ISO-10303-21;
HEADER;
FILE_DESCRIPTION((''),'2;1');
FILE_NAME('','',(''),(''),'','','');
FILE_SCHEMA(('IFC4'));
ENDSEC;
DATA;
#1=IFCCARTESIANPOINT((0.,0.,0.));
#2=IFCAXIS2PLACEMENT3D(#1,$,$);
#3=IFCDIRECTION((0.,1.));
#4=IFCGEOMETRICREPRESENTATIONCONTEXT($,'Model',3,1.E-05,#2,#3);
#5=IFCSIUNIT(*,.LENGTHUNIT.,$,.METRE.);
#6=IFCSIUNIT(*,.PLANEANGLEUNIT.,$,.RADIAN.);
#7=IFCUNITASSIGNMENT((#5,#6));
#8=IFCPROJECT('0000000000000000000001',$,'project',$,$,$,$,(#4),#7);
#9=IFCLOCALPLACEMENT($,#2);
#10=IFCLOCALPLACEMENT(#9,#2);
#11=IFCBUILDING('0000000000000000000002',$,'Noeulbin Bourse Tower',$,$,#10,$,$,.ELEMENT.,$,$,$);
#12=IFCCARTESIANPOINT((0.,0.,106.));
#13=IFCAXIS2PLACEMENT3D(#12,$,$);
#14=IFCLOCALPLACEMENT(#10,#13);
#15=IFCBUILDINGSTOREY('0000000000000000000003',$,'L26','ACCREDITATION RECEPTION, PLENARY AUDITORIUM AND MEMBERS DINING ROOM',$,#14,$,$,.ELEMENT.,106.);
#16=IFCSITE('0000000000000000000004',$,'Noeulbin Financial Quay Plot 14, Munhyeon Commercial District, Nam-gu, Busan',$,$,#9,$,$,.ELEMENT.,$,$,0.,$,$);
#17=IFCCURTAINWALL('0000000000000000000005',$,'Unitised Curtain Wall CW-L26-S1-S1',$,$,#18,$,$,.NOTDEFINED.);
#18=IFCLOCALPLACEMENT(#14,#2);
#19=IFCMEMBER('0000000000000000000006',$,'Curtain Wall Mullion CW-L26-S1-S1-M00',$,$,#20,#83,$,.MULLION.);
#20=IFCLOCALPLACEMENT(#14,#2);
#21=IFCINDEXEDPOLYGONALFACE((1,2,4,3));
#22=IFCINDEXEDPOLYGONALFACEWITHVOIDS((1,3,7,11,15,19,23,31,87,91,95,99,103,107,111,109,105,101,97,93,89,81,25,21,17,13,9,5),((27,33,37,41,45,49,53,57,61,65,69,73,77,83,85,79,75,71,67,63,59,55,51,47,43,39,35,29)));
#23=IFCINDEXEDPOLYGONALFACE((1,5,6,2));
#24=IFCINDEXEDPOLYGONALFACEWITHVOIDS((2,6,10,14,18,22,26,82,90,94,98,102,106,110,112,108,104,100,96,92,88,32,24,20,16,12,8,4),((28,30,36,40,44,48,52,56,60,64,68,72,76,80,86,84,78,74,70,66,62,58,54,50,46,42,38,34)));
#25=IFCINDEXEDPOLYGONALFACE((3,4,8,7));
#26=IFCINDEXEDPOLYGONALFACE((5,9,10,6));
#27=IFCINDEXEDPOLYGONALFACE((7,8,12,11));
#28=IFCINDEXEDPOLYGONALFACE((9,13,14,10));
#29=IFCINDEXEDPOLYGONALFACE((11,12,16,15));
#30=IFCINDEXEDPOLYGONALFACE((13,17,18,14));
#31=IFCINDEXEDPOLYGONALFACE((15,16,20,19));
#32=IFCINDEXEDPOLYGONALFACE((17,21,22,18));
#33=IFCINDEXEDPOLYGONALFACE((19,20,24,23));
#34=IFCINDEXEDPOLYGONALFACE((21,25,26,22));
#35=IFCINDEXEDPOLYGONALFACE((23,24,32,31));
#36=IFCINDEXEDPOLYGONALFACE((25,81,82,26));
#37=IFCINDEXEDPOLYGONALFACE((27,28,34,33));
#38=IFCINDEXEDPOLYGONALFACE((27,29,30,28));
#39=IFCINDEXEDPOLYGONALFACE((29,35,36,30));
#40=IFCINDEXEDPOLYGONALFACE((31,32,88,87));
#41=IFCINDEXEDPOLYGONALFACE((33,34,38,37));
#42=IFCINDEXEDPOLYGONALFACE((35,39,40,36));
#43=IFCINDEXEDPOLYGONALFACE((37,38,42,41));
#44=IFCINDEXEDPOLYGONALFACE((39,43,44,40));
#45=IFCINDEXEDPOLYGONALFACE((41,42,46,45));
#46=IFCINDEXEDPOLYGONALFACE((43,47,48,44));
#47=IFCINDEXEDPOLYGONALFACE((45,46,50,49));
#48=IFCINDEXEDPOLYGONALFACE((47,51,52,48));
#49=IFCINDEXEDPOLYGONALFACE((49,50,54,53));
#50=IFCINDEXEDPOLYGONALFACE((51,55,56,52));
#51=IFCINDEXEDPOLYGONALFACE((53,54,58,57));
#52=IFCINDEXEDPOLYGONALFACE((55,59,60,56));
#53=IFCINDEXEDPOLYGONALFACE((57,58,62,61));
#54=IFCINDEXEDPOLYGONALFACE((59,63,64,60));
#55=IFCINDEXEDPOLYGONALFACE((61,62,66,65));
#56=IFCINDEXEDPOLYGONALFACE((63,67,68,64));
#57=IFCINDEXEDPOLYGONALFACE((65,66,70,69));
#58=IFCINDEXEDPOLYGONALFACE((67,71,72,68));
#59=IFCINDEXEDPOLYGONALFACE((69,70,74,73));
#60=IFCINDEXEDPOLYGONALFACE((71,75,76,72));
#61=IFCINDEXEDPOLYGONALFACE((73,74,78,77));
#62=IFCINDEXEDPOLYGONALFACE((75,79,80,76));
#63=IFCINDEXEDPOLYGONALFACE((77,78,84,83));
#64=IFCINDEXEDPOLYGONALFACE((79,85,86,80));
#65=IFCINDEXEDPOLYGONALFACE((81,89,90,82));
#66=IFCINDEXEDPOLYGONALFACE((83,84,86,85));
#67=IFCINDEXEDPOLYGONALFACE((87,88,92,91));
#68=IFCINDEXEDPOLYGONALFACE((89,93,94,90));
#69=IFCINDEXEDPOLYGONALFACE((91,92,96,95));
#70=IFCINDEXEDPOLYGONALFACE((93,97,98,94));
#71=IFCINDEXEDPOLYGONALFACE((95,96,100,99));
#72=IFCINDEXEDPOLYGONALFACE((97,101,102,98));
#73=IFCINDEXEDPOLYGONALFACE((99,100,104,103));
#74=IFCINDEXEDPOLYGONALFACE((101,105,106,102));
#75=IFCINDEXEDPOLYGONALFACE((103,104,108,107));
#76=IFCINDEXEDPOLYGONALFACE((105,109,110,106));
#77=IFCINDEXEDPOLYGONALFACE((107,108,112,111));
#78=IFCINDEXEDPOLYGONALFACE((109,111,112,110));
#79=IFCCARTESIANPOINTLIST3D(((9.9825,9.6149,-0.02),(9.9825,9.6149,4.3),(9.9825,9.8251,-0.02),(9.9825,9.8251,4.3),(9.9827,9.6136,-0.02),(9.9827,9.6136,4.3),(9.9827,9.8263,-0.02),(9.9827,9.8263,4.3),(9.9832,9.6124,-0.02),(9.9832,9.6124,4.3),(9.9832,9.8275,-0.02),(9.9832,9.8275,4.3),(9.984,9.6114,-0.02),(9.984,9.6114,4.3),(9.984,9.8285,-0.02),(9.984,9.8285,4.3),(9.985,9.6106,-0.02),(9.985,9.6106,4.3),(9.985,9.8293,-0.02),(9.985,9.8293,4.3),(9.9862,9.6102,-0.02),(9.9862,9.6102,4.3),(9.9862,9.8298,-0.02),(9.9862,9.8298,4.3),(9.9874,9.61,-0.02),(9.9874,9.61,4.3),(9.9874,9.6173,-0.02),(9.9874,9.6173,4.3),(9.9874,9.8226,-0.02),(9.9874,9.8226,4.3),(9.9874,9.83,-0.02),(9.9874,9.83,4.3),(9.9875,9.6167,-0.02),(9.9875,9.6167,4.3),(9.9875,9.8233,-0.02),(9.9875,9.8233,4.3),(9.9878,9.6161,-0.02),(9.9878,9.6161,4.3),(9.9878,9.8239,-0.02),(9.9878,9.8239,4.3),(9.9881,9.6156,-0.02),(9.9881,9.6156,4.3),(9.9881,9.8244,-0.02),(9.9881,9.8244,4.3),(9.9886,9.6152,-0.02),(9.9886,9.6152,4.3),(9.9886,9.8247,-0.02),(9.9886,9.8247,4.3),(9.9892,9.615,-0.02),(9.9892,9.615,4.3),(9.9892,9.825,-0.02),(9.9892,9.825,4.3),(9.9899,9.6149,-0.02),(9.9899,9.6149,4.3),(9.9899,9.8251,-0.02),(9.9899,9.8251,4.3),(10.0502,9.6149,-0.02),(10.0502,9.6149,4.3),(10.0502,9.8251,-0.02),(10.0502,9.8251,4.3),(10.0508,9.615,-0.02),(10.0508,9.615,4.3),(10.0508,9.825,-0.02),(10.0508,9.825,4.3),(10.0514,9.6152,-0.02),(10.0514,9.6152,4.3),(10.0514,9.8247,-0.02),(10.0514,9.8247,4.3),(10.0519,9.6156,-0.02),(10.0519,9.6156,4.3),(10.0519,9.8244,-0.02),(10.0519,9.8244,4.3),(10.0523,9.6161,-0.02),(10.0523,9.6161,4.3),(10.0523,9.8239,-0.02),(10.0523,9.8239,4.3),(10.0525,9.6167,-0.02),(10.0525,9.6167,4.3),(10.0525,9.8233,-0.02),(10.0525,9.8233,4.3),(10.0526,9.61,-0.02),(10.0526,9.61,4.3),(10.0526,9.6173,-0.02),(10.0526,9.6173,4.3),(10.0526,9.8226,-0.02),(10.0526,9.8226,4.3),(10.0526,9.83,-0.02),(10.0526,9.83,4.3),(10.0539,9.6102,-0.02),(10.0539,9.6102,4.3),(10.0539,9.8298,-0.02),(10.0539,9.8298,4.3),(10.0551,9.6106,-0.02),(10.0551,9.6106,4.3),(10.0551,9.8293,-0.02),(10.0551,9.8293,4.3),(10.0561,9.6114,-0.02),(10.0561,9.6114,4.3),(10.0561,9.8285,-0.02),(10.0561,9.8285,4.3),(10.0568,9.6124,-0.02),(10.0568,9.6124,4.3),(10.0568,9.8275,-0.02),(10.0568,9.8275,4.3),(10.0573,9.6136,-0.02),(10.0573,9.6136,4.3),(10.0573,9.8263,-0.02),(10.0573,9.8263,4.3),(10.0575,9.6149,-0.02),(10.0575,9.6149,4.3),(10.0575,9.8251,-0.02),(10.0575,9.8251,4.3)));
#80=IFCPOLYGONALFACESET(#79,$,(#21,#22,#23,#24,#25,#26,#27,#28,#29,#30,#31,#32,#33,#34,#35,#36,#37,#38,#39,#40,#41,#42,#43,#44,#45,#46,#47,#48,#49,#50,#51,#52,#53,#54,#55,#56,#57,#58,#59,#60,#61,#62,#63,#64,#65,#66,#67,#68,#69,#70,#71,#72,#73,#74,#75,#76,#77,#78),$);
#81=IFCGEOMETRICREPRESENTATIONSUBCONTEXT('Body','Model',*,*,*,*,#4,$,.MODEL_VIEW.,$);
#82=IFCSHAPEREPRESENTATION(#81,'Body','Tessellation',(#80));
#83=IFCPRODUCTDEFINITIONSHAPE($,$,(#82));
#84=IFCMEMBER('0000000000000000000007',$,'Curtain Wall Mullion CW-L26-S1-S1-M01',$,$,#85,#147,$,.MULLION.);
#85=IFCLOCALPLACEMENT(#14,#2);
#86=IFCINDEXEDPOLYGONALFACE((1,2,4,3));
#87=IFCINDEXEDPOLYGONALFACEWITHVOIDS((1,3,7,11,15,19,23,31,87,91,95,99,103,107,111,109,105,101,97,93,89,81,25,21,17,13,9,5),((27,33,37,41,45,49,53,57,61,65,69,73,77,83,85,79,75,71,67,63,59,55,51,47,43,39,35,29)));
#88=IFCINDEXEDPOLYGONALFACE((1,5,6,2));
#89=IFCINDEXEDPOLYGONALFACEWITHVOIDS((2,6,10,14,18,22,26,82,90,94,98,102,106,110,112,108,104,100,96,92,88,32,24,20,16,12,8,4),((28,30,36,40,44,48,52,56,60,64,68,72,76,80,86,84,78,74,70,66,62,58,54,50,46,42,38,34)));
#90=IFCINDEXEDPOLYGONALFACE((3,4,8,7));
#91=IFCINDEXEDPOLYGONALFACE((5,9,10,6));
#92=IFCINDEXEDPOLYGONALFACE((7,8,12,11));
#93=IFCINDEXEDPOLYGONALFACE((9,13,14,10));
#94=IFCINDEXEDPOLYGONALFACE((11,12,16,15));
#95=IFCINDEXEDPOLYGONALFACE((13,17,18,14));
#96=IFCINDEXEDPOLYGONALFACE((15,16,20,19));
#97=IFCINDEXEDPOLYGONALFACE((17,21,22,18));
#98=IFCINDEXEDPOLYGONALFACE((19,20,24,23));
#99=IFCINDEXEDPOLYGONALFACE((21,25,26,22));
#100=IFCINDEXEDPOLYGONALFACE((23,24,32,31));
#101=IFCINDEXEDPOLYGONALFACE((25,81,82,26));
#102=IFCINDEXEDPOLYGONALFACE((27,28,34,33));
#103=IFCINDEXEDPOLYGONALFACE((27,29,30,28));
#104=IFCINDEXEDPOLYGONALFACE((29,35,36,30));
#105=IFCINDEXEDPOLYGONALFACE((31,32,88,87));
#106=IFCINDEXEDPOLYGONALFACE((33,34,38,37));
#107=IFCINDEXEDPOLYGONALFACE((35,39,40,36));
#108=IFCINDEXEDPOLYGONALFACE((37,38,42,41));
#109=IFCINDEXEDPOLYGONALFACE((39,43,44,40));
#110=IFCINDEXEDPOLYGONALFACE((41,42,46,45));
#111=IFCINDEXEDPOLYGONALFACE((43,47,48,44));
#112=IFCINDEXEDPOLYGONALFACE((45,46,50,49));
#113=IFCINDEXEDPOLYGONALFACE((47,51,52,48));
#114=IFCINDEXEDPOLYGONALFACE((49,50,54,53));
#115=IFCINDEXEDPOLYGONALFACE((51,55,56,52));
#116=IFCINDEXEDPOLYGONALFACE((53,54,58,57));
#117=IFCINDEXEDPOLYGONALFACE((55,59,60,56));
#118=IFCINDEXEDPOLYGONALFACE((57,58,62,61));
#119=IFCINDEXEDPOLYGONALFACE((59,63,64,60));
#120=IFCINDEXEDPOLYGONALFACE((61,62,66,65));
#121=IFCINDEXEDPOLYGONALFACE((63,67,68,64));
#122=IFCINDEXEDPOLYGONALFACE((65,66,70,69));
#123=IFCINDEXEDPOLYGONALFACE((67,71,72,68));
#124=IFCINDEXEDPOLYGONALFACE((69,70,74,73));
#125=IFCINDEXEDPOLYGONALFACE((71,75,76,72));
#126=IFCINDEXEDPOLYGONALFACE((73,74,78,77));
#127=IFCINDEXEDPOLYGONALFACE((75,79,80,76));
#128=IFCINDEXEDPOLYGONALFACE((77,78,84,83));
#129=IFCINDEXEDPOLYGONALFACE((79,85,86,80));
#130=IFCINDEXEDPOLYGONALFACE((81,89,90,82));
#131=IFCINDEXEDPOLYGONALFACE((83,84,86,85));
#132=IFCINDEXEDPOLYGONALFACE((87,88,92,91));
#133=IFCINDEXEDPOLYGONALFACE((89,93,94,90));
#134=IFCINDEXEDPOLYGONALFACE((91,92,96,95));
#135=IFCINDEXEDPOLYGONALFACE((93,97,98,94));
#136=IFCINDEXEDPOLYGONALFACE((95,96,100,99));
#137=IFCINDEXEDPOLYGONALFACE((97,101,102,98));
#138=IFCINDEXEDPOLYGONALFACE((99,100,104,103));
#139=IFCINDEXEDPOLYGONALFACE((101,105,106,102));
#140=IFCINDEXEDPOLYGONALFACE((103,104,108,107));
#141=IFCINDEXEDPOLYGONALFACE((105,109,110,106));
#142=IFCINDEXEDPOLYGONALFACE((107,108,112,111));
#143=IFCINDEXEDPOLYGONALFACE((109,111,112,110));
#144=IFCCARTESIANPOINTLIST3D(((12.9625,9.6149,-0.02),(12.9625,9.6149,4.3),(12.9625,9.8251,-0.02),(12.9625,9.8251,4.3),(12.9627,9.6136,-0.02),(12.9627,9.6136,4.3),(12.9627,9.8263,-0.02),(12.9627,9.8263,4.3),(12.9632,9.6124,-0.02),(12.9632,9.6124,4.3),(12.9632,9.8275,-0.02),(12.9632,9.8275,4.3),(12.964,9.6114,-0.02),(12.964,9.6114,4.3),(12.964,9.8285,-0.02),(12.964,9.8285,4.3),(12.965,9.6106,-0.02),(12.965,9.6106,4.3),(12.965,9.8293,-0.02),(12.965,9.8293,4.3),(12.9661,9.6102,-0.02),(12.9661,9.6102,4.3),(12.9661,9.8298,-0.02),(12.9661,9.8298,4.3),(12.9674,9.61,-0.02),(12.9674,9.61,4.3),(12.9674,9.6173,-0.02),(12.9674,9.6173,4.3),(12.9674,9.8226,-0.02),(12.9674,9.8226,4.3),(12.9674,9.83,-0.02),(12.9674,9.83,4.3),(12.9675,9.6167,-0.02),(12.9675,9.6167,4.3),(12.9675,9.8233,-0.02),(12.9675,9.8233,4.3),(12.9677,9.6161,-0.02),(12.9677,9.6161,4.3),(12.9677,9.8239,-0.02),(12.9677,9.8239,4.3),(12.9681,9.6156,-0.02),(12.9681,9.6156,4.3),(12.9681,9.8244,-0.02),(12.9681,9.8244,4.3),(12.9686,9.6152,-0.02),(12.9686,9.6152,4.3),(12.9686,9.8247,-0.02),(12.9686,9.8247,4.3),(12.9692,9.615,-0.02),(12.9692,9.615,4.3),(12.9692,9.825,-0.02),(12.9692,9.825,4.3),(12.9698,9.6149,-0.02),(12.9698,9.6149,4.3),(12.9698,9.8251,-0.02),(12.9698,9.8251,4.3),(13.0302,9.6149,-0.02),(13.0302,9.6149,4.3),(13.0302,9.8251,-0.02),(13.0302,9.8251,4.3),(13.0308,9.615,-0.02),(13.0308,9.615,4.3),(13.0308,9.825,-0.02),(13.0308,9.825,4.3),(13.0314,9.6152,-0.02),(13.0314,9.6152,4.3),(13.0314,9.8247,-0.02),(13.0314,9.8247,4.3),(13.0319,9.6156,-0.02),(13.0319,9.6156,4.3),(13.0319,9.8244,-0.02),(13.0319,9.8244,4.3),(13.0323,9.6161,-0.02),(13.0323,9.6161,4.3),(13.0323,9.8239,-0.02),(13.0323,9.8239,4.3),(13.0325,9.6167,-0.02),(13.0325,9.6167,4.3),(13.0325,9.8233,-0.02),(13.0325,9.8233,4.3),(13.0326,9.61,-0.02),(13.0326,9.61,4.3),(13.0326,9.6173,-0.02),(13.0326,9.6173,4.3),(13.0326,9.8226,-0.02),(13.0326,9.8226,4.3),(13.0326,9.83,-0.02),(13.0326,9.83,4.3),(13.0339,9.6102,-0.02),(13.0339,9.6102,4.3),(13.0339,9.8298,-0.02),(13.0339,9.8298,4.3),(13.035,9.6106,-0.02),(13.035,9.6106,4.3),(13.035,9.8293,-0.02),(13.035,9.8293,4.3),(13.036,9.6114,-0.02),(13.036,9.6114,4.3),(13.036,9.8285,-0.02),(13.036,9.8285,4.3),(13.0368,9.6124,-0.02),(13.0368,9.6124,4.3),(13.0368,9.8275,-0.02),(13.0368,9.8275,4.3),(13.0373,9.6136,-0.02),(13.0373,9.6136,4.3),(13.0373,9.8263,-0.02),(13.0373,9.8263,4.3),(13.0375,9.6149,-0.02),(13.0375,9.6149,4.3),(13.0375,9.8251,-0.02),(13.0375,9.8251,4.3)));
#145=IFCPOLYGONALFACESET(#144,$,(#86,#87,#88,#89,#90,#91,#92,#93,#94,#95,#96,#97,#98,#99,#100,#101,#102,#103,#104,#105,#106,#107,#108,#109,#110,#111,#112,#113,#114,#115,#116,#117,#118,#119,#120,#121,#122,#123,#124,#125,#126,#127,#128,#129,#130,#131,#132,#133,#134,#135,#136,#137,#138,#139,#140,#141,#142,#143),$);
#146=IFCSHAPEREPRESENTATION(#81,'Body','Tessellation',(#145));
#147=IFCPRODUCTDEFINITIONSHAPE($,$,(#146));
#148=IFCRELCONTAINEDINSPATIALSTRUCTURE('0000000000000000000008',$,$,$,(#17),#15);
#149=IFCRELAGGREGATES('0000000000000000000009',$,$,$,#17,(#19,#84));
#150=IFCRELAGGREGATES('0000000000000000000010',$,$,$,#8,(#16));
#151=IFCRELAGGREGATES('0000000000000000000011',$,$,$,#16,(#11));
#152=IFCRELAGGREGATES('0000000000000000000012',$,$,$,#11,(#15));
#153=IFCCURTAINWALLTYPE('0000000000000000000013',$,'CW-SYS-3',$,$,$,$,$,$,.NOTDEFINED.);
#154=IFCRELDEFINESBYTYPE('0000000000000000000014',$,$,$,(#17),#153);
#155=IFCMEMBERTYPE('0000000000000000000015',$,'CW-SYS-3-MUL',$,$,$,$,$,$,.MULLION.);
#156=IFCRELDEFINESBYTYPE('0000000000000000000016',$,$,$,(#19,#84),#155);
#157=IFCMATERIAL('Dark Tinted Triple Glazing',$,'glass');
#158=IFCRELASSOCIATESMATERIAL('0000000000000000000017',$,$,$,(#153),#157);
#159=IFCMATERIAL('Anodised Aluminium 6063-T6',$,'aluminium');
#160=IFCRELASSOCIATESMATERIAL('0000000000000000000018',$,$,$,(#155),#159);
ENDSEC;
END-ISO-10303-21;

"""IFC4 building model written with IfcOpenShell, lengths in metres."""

from ifc_helpers import new_model, si_unit, direction, frame, origin, origin_2d, place, context, subcontext, project, spatial, hollow_rectangle, extrude, material, material_profile, profile_set, type_object, element, aggregate, save


model = new_model("IFC4")

# Units and contexts
model_context = context("Model", 3, precision=1e-05, world=origin(), true_north=direction((0.0, 1.0)))
body_context = subcontext(model_context, "Body", "Model", "MODEL_VIEW")
ifc_project = project(units=[si_unit("LENGTHUNIT", "METRE"), si_unit("PLANEANGLEUNIT", "RADIAN")], contexts=[model_context])

# Site, building, storey
site_placement = place(None, origin())
site = spatial("IfcSite", under=ifc_project, at=site_placement, Name="Noeulbin Financial Quay Plot 14, Munhyeon Commercial District, Nam-gu, Busan", CompositionType="ELEMENT", RefElevation=0.0)
building_placement = place(site_placement, origin())
building = spatial("IfcBuilding", under=site, at=building_placement, Name="Noeulbin Bourse Tower", CompositionType="ELEMENT")
storey_placement = place(building_placement, frame((0.0, 0.0, 106.0)))
storey = spatial("IfcBuildingStorey", under=building, at=storey_placement, Name="L26", Description="ACCREDITATION RECEPTION, PLENARY AUDITORIUM AND MEMBERS DINING ROOM", CompositionType="ELEMENT", Elevation=106.0)

# Curtain wall, members
ifc_material_1 = material(Name="Dark Tinted Triple Glazing", Category="glass")
curtain_wall_type = type_object("IfcCurtainWallType", Name="CW-SYS-3", PredefinedType="NOTDEFINED", material=ifc_material_1)
curtain_wall_1_placement = place(storey_placement, origin())
curtain_wall_1 = element("IfcCurtainWall", 1, at=curtain_wall_1_placement, inside=storey, type_object=curtain_wall_type, Name="Unitised Curtain Wall CW-L26-S1-S1", PredefinedType="NOTDEFINED")
ifc_material_2 = material(Name="Anodised Aluminium 6063-T6", Category="aluminium")
ifc_material_profile_1 = material_profile(ifc_material_2, hollow_rectangle(XDim=0.075, YDim=0.22, WallThickness=0.0049, InnerFilletRadius=0.0024, OuterFilletRadius=0.0049, at=origin_2d()), Name="ALU-MULL-75x220x5", Category="LoadBearing")
ifc_profile_set_1 = profile_set([ifc_material_profile_1], Name="Anodised Aluminium 6063-T6")
member_type_1 = type_object("IfcMemberType", Name="CW-SYS-3-MUL", PredefinedType="MULLION", material=ifc_profile_set_1)
member_1_placement = place(storey_placement, frame((10.02, 9.72, -0.02), z_axis=(0.0, 0.0, 1.0), x_axis=(1.0, 0.0, 0.0)))
member_1 = element("IfcMember", 2, at=member_1_placement, type_object=member_type_1, Name="Curtain Wall Mullion CW-L26-S1-S1-M00", PredefinedType="MULLION", context=body_context, shape_type="SweptSolid", body=[
    extrude(hollow_rectangle(XDim=0.075, YDim=0.22, WallThickness=0.0049, InnerFilletRadius=0.0024, OuterFilletRadius=0.0049, at=origin_2d()), origin(), (0.0, 0.0, 1.0), 4.3201),
])
member_2_placement = place(storey_placement, frame((13.0, 9.72, -0.02), z_axis=(0.0, 0.0, 1.0), x_axis=(1.0, 0.0, 0.0)))
member_2 = element("IfcMember", 3, at=member_2_placement, type_object=member_type_1, Name="Curtain Wall Mullion CW-L26-S1-S1-M01", PredefinedType="MULLION", context=body_context, shape_type="SweptSolid", body=[
    extrude(hollow_rectangle(XDim=0.075, YDim=0.22, WallThickness=0.0049, InnerFilletRadius=0.0024, OuterFilletRadius=0.0049, at=origin_2d()), origin(), (0.0, 0.0, 1.0), 4.3201),
])

aggregate(curtain_wall_1, [member_1, member_2])

save(model, "model.ifc")
